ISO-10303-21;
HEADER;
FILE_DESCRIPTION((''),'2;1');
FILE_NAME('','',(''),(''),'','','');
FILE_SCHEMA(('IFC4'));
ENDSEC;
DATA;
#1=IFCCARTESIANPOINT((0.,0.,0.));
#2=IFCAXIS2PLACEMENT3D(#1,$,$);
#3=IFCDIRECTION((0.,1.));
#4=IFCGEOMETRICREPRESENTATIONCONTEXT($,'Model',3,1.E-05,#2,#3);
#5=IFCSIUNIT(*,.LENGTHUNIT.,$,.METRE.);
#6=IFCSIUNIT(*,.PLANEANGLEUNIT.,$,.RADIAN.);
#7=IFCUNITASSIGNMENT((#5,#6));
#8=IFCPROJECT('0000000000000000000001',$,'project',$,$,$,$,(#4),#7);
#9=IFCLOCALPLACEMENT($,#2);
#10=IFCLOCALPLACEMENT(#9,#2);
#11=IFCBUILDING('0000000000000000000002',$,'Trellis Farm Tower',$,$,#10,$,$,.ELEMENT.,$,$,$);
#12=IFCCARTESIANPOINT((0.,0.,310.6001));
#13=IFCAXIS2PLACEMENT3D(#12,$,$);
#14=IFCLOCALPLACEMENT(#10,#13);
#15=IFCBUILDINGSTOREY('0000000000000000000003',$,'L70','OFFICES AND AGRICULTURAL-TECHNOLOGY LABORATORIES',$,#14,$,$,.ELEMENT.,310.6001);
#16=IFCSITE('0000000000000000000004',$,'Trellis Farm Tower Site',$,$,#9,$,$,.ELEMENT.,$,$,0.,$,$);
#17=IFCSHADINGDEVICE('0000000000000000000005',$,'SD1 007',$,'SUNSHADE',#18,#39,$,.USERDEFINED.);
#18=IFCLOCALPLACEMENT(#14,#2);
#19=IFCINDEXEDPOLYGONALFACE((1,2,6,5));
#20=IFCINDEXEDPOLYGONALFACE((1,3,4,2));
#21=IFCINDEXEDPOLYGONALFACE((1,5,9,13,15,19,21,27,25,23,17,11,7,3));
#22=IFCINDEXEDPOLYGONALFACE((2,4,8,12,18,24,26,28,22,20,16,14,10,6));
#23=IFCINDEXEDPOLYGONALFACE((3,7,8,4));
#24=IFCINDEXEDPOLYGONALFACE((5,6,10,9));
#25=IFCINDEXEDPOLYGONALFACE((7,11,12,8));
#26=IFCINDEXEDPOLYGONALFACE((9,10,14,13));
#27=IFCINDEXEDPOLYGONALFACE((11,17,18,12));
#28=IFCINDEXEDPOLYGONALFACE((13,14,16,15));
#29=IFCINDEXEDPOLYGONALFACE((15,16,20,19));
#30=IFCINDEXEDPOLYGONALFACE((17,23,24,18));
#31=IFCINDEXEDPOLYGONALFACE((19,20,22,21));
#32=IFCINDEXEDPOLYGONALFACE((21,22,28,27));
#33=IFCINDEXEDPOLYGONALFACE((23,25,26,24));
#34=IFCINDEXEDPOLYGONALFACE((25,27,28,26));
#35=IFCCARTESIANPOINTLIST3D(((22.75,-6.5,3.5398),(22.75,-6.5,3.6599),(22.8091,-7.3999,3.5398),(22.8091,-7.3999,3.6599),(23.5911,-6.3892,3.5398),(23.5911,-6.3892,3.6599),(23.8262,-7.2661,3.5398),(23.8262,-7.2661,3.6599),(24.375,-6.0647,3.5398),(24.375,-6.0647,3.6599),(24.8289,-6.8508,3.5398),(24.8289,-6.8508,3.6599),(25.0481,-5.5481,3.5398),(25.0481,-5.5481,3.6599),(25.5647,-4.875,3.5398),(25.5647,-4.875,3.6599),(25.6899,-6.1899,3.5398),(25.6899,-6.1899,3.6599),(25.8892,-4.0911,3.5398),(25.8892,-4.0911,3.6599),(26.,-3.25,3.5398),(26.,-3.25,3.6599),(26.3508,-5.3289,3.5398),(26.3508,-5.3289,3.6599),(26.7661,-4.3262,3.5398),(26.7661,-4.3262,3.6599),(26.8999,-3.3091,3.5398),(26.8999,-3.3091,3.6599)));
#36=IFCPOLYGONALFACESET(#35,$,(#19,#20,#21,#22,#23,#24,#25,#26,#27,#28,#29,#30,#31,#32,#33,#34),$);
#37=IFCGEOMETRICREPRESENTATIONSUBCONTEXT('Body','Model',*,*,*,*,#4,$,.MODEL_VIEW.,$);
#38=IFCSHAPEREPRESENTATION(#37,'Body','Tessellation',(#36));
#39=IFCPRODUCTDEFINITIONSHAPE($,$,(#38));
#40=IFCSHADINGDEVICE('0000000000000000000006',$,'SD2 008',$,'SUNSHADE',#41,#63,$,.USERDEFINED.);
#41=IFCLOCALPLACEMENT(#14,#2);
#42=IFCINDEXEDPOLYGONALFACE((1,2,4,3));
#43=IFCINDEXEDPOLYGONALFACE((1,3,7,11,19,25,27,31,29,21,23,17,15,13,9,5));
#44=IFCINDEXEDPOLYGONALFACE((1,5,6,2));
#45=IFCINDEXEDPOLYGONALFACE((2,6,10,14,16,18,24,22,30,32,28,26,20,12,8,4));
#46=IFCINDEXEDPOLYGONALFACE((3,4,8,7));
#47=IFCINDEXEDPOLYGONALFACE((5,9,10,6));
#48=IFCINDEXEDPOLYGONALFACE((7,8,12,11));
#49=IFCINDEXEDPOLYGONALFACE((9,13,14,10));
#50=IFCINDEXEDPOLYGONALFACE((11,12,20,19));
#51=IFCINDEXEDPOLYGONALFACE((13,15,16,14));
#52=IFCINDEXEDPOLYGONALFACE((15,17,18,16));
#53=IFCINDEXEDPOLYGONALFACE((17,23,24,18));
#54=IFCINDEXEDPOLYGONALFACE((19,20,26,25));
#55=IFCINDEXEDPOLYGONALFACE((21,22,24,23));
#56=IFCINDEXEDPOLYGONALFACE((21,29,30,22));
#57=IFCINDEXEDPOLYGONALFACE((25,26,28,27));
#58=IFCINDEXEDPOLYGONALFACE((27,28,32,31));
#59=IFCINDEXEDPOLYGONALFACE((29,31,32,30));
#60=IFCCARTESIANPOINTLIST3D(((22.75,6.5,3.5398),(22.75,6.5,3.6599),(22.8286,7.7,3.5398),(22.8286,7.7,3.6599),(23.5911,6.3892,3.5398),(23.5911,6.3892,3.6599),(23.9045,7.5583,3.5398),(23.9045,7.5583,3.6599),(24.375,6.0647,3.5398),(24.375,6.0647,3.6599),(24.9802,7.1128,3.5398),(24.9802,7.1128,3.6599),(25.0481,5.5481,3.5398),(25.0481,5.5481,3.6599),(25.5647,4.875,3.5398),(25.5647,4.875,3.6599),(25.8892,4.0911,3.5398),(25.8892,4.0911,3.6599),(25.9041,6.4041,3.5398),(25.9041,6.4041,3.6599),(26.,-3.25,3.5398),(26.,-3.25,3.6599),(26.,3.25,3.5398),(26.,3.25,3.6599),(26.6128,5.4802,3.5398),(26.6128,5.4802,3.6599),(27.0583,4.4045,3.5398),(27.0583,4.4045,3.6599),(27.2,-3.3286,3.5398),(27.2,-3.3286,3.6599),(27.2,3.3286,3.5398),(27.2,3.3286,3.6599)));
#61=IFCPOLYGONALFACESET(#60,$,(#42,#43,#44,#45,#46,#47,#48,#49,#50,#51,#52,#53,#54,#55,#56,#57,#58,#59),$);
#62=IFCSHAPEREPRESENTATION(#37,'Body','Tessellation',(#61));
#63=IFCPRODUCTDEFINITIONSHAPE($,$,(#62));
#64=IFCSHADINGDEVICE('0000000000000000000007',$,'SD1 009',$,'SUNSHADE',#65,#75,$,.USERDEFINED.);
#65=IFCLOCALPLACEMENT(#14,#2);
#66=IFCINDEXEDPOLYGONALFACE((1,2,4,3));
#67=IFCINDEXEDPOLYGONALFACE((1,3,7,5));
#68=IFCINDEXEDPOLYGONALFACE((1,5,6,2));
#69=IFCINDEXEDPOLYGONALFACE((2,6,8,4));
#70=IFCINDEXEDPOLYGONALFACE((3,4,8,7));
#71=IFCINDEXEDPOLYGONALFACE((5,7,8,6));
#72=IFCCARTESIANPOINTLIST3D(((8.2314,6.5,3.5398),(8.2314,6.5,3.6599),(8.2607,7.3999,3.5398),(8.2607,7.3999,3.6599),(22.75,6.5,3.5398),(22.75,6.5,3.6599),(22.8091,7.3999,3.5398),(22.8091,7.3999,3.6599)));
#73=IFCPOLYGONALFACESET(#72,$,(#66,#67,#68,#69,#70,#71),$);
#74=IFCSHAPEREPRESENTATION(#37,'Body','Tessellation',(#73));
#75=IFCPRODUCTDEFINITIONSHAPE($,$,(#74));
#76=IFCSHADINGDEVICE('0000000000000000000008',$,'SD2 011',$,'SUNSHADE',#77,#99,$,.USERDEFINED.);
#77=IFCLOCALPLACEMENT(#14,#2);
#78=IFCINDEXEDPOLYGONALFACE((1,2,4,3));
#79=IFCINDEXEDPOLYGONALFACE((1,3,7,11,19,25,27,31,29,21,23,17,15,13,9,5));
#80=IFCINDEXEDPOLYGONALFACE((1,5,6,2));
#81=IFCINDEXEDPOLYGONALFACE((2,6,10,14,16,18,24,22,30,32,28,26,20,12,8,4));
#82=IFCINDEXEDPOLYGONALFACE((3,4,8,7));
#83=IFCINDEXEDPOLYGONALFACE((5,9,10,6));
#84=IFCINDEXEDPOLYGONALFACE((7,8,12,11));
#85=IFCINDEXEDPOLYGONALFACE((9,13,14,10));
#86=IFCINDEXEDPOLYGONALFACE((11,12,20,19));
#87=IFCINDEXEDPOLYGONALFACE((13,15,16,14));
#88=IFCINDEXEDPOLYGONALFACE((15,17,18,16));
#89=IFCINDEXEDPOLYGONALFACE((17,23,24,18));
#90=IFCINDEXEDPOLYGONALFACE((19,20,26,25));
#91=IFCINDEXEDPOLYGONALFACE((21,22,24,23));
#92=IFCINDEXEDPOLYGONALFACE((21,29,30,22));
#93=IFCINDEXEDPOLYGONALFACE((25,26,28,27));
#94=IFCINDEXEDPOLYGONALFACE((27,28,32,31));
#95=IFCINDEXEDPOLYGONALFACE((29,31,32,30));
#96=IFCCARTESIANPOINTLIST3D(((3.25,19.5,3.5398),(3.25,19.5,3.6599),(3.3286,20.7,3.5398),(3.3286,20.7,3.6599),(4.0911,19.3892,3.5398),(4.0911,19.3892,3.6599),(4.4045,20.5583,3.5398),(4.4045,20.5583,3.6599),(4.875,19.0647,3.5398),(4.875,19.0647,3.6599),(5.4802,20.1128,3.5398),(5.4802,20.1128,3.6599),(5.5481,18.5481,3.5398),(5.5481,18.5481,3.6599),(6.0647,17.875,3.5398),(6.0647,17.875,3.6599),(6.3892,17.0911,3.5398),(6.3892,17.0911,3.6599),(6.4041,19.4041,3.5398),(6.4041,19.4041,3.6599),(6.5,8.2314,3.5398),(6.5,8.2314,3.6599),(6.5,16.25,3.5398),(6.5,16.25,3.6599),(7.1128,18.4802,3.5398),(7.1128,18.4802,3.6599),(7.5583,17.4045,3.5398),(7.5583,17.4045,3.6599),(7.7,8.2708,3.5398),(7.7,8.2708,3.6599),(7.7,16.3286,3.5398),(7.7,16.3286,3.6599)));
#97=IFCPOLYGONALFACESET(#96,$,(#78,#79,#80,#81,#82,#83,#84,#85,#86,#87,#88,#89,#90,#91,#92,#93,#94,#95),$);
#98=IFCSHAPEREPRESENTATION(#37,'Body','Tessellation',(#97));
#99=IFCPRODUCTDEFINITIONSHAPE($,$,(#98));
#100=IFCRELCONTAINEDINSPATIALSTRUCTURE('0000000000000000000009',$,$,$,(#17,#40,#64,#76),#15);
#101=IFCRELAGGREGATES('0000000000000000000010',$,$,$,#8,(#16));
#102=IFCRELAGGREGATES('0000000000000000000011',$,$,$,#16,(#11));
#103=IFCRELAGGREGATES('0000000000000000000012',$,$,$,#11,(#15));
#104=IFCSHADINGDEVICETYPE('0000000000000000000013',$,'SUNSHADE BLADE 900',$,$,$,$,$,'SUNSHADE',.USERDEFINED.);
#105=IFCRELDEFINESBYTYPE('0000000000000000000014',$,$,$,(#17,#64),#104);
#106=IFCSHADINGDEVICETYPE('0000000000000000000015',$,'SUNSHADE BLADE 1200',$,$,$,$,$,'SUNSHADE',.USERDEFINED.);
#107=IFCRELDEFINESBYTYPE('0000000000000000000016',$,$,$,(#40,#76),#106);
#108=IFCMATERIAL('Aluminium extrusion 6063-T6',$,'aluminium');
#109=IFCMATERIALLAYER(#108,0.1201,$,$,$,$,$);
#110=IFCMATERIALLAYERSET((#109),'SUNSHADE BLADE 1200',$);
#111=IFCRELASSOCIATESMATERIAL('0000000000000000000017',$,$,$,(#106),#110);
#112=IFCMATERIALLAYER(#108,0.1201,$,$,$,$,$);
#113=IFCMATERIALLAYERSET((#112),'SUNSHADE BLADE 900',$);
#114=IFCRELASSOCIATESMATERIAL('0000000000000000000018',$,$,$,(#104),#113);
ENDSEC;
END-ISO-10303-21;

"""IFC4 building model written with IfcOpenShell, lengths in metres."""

from ifc_helpers import new_model, si_unit, direction, frame, origin, place, context, subcontext, project, spatial, polyline, outline, extrude, source, transform, mapped, material, layer, layer_set, type_object, element, save


model = new_model("IFC4")

# Units and contexts
model_context = context("Model", 3, precision=1e-05, world=origin(), true_north=direction((0.0, 1.0)))
body_context = subcontext(model_context, "Body", "Model", "MODEL_VIEW")
ifc_project = project(units=[si_unit("LENGTHUNIT", "METRE"), si_unit("PLANEANGLEUNIT", "RADIAN")], contexts=[model_context])

# Site, building, storey
site_placement = place(None, origin())
site = spatial("IfcSite", under=ifc_project, at=site_placement, Name="Trellis Farm Tower Site", CompositionType="ELEMENT", RefElevation=0.0)
building_placement = place(site_placement, origin())
building = spatial("IfcBuilding", under=site, at=building_placement, Name="Trellis Farm Tower", CompositionType="ELEMENT")
storey_placement = place(building_placement, frame((0.0, 0.0, 310.6001)))
storey = spatial("IfcBuildingStorey", under=building, at=storey_placement, Name="L70", Description="OFFICES AND AGRICULTURAL-TECHNOLOGY LABORATORIES", CompositionType="ELEMENT", Elevation=310.6001)

# Shared definitions
ifc_material_1 = material(Name="Aluminium extrusion 6063-T6", Category="aluminium")

# Shading devices
ifc_layer_1 = layer(ifc_material_1, 0.1201)
ifc_layer_set_1 = layer_set([ifc_layer_1], Name="SUNSHADE BLADE 1200")
shading_device_type_1 = type_object("IfcShadingDeviceType", Name="SUNSHADE BLADE 1200", ElementType="SUNSHADE", PredefinedType="USERDEFINED", material=ifc_layer_set_1)
placement_1 = place(storey_placement, frame((0.0, 0.0, 3.5398)))
ifc_layer_2 = layer(ifc_material_1, 0.1201)
ifc_layer_set_2 = layer_set([ifc_layer_2], Name="SUNSHADE BLADE 900")
shading_device_type_2 = type_object("IfcShadingDeviceType", Name="SUNSHADE BLADE 900", ElementType="SUNSHADE", PredefinedType="USERDEFINED", material=ifc_layer_set_2)
shared_shape_1 = source(origin(), body_context, "Body", "SweptSolid", [
    extrude(outline(polyline([(22.8091, -7.3999), (23.8262, -7.2661), (24.8289, -6.8508), (25.6899, -6.1899), (26.3508, -5.3289), (26.7661, -4.3262), (26.8999, -3.3091), (26.0, -3.25), (25.8892, -4.0911), (25.5647, -4.875), (25.0481, -5.5481), (24.375, -6.0647), (23.5911, -6.3892), (22.75, -6.5), (22.8091, -7.3999)])), origin(), (0.0, 0.0, 1.0), 0.1201),
])
element("IfcShadingDevice", 1, at=placement_1, inside=storey, type_object=shading_device_type_2, Name="SD1 007", ObjectType="SUNSHADE", PredefinedType="USERDEFINED", context=body_context, shape_type="MappedRepresentation", body=[
    mapped(shared_shape_1, transform((0.0, 0.0, 0.0))),
])
shared_shape_2 = source(origin(), body_context, "Body", "SweptSolid", [
    extrude(outline(polyline([(27.2, -3.3286), (27.2, 3.3286), (27.0583, 4.4045), (26.6128, 5.4802), (25.9041, 6.4041), (24.9802, 7.1128), (23.9045, 7.5583), (22.8286, 7.7), (22.75, 6.5), (23.5911, 6.3892), (24.375, 6.0647), (25.0481, 5.5481), (25.5647, 4.875), (25.8892, 4.0911), (26.0, 3.25), (26.0, -3.25), (27.2, -3.3286)])), origin(), (0.0, 0.0, 1.0), 0.1201),
])
element("IfcShadingDevice", 2, at=placement_1, inside=storey, type_object=shading_device_type_1, Name="SD2 008", ObjectType="SUNSHADE", PredefinedType="USERDEFINED", context=body_context, shape_type="MappedRepresentation", body=[
    mapped(shared_shape_2, transform((0.0, 0.0, 0.0))),
])
shared_shape_3 = source(origin(), body_context, "Body", "SweptSolid", [
    extrude(outline(polyline([(22.8091, 7.3999), (8.2607, 7.3999), (8.2314, 6.5), (22.75, 6.5), (22.8091, 7.3999)])), origin(), (0.0, 0.0, 1.0), 0.1201),
])
element("IfcShadingDevice", 3, at=placement_1, inside=storey, type_object=shading_device_type_2, Name="SD1 009", ObjectType="SUNSHADE", PredefinedType="USERDEFINED", context=body_context, shape_type="MappedRepresentation", body=[
    mapped(shared_shape_3, transform((0.0, 0.0, 0.0))),
])
shared_shape_4 = source(origin(), body_context, "Body", "SweptSolid", [
    extrude(outline(polyline([(7.7, 8.2708), (7.7, 16.3286), (7.5583, 17.4045), (7.1128, 18.4802), (6.4041, 19.4041), (5.4802, 20.1128), (4.4045, 20.5583), (3.3286, 20.7), (3.25, 19.5), (4.0911, 19.3892), (4.875, 19.0647), (5.5481, 18.5481), (6.0647, 17.875), (6.3892, 17.0911), (6.5, 16.25), (6.5, 8.2314), (7.7, 8.2708)])), origin(), (0.0, 0.0, 1.0), 0.1201),
])
element("IfcShadingDevice", 4, at=placement_1, inside=storey, type_object=shading_device_type_1, Name="SD2 011", ObjectType="SUNSHADE", PredefinedType="USERDEFINED", context=body_context, shape_type="MappedRepresentation", body=[
    mapped(shared_shape_4, transform((0.0, 0.0, 0.0))),
])

save(model, "model.ifc")
